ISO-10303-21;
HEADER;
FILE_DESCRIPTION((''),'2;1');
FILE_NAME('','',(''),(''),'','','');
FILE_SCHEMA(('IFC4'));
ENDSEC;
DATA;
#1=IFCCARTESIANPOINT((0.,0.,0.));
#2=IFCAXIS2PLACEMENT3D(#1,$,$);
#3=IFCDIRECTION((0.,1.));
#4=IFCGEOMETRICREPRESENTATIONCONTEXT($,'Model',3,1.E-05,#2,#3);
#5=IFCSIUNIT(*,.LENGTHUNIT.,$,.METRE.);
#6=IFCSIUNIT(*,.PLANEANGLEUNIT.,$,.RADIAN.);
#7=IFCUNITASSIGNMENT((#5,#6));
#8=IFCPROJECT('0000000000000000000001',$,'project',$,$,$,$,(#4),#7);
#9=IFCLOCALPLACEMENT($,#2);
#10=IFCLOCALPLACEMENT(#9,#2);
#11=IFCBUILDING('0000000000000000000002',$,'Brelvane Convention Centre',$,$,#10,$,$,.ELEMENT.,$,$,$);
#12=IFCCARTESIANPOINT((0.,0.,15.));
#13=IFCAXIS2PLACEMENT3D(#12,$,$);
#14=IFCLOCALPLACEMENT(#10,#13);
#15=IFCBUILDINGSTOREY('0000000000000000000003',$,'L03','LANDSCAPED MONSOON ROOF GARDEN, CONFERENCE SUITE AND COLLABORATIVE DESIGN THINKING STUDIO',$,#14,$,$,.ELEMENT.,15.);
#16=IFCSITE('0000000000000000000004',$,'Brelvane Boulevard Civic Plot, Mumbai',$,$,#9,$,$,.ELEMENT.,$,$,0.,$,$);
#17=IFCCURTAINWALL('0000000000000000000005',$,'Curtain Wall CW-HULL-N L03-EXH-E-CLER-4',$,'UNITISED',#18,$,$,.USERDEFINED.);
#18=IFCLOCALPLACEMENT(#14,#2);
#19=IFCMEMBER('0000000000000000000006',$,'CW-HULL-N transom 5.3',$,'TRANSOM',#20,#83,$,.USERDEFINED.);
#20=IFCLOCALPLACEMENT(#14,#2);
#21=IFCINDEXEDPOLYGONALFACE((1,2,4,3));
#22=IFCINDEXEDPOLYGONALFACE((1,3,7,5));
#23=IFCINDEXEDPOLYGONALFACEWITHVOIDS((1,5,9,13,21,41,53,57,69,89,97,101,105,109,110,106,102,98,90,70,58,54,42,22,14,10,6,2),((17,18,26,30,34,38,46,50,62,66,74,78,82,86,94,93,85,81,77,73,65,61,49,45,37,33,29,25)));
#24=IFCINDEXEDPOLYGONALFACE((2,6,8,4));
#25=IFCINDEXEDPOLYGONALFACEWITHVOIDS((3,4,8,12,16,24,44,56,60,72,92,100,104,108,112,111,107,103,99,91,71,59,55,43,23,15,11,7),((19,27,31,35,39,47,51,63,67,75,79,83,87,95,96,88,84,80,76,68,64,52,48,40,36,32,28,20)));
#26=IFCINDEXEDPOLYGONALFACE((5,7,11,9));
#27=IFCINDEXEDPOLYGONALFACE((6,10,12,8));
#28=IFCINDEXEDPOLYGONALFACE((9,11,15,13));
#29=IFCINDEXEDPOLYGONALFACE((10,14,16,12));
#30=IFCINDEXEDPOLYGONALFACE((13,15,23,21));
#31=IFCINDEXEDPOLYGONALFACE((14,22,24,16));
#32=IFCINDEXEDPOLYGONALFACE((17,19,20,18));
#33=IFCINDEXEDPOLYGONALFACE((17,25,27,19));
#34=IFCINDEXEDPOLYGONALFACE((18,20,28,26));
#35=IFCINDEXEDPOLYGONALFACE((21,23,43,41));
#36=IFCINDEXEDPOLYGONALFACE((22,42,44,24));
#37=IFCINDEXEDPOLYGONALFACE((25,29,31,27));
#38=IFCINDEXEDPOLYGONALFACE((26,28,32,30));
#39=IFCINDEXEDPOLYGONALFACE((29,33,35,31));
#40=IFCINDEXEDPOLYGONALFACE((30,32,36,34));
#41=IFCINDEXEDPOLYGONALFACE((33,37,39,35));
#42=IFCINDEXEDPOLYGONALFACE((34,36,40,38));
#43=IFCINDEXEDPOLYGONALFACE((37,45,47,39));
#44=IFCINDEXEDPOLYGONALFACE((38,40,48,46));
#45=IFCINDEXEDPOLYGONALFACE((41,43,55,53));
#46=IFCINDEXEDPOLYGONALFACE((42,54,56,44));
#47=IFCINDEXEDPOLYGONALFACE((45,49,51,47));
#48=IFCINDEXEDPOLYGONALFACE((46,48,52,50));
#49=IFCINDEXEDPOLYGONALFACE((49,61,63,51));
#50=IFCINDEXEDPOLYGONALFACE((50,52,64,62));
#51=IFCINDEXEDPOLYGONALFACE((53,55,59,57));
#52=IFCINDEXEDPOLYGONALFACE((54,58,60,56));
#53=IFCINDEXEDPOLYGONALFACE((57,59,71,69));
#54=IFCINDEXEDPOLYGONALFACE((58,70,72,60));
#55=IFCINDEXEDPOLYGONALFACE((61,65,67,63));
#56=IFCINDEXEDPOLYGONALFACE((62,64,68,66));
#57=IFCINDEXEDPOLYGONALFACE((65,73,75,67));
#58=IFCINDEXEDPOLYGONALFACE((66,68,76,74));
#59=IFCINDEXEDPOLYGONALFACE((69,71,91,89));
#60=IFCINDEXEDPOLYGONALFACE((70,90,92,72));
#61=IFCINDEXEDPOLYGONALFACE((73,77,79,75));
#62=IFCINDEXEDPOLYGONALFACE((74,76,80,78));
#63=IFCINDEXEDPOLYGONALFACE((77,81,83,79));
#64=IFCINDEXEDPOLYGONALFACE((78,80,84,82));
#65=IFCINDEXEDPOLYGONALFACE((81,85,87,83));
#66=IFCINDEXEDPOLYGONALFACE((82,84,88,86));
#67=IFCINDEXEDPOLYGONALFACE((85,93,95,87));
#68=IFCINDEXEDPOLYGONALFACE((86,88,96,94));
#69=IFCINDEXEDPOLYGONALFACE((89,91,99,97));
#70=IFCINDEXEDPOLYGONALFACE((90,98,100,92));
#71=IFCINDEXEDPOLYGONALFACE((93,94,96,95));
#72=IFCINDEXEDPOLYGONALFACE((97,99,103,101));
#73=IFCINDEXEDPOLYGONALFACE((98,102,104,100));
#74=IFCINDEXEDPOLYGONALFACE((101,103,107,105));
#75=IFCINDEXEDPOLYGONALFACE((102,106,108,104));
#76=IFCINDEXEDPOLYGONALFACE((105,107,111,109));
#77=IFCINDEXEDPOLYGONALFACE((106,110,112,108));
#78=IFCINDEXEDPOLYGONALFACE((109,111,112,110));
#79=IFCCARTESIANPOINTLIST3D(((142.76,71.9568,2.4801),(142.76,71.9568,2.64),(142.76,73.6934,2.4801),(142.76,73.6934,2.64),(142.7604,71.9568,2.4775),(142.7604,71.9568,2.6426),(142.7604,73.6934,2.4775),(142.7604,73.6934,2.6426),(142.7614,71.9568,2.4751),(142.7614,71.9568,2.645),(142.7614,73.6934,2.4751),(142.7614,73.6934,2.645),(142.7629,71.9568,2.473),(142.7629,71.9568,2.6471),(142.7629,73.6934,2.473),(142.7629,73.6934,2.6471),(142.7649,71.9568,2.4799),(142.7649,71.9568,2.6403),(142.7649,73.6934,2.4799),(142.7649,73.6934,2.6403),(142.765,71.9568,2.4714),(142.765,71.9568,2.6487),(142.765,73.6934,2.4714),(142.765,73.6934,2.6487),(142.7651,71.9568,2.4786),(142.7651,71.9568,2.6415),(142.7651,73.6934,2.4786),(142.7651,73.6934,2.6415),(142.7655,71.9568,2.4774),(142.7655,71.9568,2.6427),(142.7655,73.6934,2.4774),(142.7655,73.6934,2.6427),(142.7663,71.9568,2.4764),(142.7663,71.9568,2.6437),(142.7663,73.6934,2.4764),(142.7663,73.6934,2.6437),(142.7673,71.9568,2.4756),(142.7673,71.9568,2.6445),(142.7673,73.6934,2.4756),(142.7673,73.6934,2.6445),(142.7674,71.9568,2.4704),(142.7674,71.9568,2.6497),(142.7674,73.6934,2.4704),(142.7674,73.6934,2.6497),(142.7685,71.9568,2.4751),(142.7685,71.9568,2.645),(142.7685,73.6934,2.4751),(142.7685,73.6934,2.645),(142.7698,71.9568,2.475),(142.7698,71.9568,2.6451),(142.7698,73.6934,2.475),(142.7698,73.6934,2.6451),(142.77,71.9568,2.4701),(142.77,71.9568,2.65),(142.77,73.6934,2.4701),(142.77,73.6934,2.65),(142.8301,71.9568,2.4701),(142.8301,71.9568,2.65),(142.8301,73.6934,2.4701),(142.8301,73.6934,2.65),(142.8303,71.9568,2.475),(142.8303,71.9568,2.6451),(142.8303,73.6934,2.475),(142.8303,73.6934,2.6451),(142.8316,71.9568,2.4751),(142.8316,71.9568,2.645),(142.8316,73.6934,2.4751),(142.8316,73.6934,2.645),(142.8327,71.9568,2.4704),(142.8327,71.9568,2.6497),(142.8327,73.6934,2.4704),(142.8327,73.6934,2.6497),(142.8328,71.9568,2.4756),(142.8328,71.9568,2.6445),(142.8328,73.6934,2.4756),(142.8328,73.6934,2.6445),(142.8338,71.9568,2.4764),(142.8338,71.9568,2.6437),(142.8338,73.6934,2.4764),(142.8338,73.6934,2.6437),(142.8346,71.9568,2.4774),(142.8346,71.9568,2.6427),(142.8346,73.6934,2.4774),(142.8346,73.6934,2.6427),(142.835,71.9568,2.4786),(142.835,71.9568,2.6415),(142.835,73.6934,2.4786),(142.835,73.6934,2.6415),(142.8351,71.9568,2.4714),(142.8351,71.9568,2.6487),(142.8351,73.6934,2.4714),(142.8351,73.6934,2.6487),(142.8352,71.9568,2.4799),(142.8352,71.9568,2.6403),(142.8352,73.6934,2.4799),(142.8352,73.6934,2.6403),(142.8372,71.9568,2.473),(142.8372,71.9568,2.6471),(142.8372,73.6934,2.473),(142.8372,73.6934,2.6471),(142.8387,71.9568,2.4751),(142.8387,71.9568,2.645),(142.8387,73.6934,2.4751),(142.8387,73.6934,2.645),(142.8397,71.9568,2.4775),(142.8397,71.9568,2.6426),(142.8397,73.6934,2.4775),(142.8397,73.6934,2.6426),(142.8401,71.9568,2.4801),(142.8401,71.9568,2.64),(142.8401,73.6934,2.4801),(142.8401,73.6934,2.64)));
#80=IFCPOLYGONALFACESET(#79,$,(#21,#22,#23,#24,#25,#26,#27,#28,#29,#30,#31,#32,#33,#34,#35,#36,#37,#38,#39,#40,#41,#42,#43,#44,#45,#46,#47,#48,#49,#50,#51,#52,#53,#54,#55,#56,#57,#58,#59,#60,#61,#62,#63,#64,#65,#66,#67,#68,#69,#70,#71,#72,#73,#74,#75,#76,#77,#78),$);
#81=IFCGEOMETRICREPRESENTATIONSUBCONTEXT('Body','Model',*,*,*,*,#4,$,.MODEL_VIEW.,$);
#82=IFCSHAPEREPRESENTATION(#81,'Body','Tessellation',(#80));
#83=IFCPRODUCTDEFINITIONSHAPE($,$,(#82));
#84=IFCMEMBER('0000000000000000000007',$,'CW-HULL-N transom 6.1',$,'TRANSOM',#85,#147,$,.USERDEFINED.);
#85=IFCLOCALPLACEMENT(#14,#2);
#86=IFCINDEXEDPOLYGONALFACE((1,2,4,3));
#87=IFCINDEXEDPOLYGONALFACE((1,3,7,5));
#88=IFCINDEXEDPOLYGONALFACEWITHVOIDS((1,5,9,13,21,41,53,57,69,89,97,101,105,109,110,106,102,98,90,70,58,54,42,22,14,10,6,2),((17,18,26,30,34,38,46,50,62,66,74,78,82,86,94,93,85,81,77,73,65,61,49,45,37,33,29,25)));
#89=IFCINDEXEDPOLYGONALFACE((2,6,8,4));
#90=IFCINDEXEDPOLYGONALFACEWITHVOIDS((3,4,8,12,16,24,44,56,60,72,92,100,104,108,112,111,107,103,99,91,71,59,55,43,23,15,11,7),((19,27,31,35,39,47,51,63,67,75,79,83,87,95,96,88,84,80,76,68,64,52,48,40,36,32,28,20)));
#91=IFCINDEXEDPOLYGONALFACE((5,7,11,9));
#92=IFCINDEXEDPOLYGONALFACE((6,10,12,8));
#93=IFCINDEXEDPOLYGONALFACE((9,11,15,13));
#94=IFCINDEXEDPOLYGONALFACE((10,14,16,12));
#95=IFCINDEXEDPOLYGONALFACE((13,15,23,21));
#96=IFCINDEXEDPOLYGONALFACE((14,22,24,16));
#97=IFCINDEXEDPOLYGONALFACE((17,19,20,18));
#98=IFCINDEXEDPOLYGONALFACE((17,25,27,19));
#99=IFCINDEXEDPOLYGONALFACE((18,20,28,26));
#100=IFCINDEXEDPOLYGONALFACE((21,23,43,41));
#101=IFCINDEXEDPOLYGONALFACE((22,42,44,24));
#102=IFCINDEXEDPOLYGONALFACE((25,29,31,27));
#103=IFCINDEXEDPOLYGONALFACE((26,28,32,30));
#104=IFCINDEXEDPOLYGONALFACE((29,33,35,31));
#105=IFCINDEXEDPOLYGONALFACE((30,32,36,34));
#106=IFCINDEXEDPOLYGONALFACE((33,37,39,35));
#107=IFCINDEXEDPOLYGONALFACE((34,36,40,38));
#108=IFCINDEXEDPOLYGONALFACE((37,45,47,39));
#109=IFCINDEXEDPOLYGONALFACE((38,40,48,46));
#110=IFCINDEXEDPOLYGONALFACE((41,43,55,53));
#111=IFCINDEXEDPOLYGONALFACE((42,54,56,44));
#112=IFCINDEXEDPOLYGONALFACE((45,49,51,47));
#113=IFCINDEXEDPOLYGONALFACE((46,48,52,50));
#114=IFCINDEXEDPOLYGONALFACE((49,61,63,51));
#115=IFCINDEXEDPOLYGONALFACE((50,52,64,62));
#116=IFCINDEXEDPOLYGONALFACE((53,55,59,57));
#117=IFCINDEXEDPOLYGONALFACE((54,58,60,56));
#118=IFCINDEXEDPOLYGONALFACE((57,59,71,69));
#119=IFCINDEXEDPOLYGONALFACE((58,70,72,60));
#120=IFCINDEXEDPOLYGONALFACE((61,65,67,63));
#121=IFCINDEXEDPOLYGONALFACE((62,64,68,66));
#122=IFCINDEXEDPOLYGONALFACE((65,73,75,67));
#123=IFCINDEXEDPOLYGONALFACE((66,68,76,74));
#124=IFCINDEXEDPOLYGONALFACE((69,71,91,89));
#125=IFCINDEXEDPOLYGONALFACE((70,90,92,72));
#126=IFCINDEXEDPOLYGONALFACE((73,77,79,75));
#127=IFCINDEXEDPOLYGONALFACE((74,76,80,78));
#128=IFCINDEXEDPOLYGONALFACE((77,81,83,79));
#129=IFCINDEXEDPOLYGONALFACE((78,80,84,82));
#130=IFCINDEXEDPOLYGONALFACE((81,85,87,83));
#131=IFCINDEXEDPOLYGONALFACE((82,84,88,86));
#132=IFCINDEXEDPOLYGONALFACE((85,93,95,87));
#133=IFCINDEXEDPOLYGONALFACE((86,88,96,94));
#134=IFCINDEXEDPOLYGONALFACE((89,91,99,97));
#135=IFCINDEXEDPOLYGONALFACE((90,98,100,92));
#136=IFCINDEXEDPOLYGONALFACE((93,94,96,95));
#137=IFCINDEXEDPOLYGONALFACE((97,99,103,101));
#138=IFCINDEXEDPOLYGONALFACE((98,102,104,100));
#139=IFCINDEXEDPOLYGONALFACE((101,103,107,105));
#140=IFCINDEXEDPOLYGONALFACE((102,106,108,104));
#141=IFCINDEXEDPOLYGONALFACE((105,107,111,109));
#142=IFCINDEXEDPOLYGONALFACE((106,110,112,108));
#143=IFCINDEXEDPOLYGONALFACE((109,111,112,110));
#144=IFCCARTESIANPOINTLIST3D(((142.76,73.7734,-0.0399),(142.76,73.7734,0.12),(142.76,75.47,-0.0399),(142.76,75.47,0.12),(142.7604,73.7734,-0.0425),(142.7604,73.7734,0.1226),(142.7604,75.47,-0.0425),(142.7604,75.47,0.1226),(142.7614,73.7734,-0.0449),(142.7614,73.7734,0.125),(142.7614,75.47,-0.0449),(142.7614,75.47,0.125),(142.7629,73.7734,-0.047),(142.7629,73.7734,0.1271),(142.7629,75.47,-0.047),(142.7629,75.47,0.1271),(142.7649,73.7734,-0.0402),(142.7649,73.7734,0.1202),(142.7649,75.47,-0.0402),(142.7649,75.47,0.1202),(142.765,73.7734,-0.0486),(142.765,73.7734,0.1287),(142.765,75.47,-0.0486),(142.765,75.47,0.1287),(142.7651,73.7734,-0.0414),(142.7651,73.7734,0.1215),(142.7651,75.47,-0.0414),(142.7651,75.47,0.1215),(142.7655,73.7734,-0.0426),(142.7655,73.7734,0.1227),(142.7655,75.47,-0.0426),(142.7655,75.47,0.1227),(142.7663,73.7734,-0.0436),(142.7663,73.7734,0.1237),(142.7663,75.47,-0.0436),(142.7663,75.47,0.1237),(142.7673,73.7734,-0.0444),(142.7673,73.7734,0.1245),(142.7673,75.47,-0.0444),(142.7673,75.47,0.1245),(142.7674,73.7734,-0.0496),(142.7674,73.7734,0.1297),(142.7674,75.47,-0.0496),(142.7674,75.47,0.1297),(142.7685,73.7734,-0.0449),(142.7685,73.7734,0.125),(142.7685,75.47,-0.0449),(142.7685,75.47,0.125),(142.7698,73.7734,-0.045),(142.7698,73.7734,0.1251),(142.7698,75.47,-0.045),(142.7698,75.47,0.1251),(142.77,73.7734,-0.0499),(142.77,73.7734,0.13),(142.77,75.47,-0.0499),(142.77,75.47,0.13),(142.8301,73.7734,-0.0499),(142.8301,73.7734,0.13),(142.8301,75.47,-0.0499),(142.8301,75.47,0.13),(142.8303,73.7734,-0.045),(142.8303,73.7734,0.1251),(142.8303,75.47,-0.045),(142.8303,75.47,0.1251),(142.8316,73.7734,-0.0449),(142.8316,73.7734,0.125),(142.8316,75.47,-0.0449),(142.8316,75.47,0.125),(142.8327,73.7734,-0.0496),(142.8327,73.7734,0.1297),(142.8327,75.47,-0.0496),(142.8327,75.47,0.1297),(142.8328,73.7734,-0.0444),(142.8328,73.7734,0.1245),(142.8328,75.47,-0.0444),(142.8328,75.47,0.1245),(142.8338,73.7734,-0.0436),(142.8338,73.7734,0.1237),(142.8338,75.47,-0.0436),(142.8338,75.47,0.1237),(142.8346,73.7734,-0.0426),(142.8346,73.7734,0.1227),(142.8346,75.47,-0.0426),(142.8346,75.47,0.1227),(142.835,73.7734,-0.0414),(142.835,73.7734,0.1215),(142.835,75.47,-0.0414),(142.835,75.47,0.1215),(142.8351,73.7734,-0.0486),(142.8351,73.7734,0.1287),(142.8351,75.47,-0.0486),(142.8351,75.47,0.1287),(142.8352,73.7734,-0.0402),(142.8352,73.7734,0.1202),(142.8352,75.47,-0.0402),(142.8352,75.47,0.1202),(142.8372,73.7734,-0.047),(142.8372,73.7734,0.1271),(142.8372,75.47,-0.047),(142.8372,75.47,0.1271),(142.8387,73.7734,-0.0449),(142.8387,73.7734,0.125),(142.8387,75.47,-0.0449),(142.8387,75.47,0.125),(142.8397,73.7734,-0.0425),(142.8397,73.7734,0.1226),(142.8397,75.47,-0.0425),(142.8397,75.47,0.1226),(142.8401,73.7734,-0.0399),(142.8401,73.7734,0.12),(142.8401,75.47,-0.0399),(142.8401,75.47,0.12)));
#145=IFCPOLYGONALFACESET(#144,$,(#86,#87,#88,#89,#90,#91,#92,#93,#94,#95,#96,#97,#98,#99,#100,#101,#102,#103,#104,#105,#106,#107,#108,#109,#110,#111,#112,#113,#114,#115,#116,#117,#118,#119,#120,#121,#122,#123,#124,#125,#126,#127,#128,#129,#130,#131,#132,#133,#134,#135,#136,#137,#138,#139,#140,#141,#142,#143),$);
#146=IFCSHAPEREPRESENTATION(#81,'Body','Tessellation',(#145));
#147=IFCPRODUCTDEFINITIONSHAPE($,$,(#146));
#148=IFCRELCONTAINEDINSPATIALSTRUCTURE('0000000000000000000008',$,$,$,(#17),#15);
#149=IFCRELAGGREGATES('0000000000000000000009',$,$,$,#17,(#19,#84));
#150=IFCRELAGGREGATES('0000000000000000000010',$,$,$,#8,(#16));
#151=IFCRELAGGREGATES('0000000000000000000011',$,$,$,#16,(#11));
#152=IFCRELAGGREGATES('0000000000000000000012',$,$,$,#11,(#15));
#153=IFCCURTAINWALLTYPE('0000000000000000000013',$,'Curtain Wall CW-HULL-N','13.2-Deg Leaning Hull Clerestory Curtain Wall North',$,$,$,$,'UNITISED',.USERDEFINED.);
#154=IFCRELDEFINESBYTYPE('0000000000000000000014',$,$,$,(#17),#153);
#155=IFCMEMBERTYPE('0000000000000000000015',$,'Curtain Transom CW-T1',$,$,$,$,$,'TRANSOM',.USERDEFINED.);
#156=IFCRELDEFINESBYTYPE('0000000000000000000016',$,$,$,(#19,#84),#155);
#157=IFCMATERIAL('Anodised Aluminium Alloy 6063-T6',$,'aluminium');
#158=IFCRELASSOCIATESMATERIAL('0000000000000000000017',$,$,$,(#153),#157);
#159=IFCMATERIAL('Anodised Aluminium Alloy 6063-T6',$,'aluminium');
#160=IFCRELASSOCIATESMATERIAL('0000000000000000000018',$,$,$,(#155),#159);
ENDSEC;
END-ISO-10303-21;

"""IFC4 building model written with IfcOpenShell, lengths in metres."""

from ifc_helpers import new_model, si_unit, direction, frame, origin, origin_2d, place, context, subcontext, project, spatial, hollow_rectangle, extrude, material, material_profile, profile_set, type_object, element, aggregate, save


model = new_model("IFC4")

# Units and contexts
model_context = context("Model", 3, precision=1e-05, world=origin(), true_north=direction((0.0, 1.0)))
body_context = subcontext(model_context, "Body", "Model", "MODEL_VIEW")
ifc_project = project(units=[si_unit("LENGTHUNIT", "METRE"), si_unit("PLANEANGLEUNIT", "RADIAN")], contexts=[model_context])

# Site, building, storey
site_placement = place(None, origin())
site = spatial("IfcSite", under=ifc_project, at=site_placement, Name="Brelvane Boulevard Civic Plot, Mumbai", CompositionType="ELEMENT", RefElevation=0.0)
building_placement = place(site_placement, origin())
building = spatial("IfcBuilding", under=site, at=building_placement, Name="Brelvane Convention Centre", CompositionType="ELEMENT")
storey_placement = place(building_placement, frame((0.0, 0.0, 15.0)))
storey = spatial("IfcBuildingStorey", under=building, at=storey_placement, Name="L03", Description="LANDSCAPED MONSOON ROOF GARDEN, CONFERENCE SUITE AND COLLABORATIVE DESIGN THINKING STUDIO", CompositionType="ELEMENT", Elevation=15.0)

# Curtain wall, members
ifc_material_1 = material(Name="Anodised Aluminium Alloy 6063-T6", Category="aluminium")
curtain_wall_type = type_object("IfcCurtainWallType", Name="Curtain Wall CW-HULL-N", Description="13.2-Deg Leaning Hull Clerestory Curtain Wall North", ElementType="UNITISED", PredefinedType="USERDEFINED", material=ifc_material_1)
curtain_wall_placement = place(storey_placement, origin())
curtain_wall = element("IfcCurtainWall", 1, at=curtain_wall_placement, inside=storey, type_object=curtain_wall_type, Name="Curtain Wall CW-HULL-N L03-EXH-E-CLER-4", ObjectType="UNITISED", PredefinedType="USERDEFINED")
ifc_material_2 = material(Name="Anodised Aluminium Alloy 6063-T6", Category="aluminium")
ifc_material_profile_1 = material_profile(ifc_material_2, hollow_rectangle(XDim=0.0801, YDim=0.1799, WallThickness=0.0049, InnerFilletRadius=0.0049, OuterFilletRadius=0.01, at=origin_2d()), Name="ALU-T 180x80x5.0")
ifc_profile_set_1 = profile_set([ifc_material_profile_1], Name="Anodised Aluminium Alloy 6063-T6")
member_type_1 = type_object("IfcMemberType", Name="Curtain Transom CW-T1", ElementType="TRANSOM", PredefinedType="USERDEFINED", material=ifc_profile_set_1)
member_1_placement = place(storey_placement, frame((142.8, 71.9568, 2.5601), z_axis=(0.0, 1.0, 0.0), x_axis=(-1.0, 0.0, 0.0)))
member_1 = element("IfcMember", 2, at=member_1_placement, type_object=member_type_1, Name="CW-HULL-N transom 5.3", ObjectType="TRANSOM", PredefinedType="USERDEFINED", context=body_context, shape_type="SweptSolid", body=[
    extrude(hollow_rectangle(XDim=0.0801, YDim=0.1799, WallThickness=0.0049, InnerFilletRadius=0.0049, OuterFilletRadius=0.01, at=origin_2d()), origin(), (0.0, 0.0, 1.0), 1.7366),
])
member_2_placement = place(storey_placement, frame((142.8, 73.7734, 0.04), z_axis=(0.0, 1.0, 0.0), x_axis=(-1.0, 0.0, 0.0)))
member_2 = element("IfcMember", 3, at=member_2_placement, type_object=member_type_1, Name="CW-HULL-N transom 6.1", ObjectType="TRANSOM", PredefinedType="USERDEFINED", context=body_context, shape_type="SweptSolid", body=[
    extrude(hollow_rectangle(XDim=0.0801, YDim=0.1799, WallThickness=0.0049, InnerFilletRadius=0.0049, OuterFilletRadius=0.01, at=origin_2d()), origin(), (0.0, 0.0, 1.0), 1.6965),
])

aggregate(curtain_wall, [member_1, member_2])

save(model, "model.ifc")
